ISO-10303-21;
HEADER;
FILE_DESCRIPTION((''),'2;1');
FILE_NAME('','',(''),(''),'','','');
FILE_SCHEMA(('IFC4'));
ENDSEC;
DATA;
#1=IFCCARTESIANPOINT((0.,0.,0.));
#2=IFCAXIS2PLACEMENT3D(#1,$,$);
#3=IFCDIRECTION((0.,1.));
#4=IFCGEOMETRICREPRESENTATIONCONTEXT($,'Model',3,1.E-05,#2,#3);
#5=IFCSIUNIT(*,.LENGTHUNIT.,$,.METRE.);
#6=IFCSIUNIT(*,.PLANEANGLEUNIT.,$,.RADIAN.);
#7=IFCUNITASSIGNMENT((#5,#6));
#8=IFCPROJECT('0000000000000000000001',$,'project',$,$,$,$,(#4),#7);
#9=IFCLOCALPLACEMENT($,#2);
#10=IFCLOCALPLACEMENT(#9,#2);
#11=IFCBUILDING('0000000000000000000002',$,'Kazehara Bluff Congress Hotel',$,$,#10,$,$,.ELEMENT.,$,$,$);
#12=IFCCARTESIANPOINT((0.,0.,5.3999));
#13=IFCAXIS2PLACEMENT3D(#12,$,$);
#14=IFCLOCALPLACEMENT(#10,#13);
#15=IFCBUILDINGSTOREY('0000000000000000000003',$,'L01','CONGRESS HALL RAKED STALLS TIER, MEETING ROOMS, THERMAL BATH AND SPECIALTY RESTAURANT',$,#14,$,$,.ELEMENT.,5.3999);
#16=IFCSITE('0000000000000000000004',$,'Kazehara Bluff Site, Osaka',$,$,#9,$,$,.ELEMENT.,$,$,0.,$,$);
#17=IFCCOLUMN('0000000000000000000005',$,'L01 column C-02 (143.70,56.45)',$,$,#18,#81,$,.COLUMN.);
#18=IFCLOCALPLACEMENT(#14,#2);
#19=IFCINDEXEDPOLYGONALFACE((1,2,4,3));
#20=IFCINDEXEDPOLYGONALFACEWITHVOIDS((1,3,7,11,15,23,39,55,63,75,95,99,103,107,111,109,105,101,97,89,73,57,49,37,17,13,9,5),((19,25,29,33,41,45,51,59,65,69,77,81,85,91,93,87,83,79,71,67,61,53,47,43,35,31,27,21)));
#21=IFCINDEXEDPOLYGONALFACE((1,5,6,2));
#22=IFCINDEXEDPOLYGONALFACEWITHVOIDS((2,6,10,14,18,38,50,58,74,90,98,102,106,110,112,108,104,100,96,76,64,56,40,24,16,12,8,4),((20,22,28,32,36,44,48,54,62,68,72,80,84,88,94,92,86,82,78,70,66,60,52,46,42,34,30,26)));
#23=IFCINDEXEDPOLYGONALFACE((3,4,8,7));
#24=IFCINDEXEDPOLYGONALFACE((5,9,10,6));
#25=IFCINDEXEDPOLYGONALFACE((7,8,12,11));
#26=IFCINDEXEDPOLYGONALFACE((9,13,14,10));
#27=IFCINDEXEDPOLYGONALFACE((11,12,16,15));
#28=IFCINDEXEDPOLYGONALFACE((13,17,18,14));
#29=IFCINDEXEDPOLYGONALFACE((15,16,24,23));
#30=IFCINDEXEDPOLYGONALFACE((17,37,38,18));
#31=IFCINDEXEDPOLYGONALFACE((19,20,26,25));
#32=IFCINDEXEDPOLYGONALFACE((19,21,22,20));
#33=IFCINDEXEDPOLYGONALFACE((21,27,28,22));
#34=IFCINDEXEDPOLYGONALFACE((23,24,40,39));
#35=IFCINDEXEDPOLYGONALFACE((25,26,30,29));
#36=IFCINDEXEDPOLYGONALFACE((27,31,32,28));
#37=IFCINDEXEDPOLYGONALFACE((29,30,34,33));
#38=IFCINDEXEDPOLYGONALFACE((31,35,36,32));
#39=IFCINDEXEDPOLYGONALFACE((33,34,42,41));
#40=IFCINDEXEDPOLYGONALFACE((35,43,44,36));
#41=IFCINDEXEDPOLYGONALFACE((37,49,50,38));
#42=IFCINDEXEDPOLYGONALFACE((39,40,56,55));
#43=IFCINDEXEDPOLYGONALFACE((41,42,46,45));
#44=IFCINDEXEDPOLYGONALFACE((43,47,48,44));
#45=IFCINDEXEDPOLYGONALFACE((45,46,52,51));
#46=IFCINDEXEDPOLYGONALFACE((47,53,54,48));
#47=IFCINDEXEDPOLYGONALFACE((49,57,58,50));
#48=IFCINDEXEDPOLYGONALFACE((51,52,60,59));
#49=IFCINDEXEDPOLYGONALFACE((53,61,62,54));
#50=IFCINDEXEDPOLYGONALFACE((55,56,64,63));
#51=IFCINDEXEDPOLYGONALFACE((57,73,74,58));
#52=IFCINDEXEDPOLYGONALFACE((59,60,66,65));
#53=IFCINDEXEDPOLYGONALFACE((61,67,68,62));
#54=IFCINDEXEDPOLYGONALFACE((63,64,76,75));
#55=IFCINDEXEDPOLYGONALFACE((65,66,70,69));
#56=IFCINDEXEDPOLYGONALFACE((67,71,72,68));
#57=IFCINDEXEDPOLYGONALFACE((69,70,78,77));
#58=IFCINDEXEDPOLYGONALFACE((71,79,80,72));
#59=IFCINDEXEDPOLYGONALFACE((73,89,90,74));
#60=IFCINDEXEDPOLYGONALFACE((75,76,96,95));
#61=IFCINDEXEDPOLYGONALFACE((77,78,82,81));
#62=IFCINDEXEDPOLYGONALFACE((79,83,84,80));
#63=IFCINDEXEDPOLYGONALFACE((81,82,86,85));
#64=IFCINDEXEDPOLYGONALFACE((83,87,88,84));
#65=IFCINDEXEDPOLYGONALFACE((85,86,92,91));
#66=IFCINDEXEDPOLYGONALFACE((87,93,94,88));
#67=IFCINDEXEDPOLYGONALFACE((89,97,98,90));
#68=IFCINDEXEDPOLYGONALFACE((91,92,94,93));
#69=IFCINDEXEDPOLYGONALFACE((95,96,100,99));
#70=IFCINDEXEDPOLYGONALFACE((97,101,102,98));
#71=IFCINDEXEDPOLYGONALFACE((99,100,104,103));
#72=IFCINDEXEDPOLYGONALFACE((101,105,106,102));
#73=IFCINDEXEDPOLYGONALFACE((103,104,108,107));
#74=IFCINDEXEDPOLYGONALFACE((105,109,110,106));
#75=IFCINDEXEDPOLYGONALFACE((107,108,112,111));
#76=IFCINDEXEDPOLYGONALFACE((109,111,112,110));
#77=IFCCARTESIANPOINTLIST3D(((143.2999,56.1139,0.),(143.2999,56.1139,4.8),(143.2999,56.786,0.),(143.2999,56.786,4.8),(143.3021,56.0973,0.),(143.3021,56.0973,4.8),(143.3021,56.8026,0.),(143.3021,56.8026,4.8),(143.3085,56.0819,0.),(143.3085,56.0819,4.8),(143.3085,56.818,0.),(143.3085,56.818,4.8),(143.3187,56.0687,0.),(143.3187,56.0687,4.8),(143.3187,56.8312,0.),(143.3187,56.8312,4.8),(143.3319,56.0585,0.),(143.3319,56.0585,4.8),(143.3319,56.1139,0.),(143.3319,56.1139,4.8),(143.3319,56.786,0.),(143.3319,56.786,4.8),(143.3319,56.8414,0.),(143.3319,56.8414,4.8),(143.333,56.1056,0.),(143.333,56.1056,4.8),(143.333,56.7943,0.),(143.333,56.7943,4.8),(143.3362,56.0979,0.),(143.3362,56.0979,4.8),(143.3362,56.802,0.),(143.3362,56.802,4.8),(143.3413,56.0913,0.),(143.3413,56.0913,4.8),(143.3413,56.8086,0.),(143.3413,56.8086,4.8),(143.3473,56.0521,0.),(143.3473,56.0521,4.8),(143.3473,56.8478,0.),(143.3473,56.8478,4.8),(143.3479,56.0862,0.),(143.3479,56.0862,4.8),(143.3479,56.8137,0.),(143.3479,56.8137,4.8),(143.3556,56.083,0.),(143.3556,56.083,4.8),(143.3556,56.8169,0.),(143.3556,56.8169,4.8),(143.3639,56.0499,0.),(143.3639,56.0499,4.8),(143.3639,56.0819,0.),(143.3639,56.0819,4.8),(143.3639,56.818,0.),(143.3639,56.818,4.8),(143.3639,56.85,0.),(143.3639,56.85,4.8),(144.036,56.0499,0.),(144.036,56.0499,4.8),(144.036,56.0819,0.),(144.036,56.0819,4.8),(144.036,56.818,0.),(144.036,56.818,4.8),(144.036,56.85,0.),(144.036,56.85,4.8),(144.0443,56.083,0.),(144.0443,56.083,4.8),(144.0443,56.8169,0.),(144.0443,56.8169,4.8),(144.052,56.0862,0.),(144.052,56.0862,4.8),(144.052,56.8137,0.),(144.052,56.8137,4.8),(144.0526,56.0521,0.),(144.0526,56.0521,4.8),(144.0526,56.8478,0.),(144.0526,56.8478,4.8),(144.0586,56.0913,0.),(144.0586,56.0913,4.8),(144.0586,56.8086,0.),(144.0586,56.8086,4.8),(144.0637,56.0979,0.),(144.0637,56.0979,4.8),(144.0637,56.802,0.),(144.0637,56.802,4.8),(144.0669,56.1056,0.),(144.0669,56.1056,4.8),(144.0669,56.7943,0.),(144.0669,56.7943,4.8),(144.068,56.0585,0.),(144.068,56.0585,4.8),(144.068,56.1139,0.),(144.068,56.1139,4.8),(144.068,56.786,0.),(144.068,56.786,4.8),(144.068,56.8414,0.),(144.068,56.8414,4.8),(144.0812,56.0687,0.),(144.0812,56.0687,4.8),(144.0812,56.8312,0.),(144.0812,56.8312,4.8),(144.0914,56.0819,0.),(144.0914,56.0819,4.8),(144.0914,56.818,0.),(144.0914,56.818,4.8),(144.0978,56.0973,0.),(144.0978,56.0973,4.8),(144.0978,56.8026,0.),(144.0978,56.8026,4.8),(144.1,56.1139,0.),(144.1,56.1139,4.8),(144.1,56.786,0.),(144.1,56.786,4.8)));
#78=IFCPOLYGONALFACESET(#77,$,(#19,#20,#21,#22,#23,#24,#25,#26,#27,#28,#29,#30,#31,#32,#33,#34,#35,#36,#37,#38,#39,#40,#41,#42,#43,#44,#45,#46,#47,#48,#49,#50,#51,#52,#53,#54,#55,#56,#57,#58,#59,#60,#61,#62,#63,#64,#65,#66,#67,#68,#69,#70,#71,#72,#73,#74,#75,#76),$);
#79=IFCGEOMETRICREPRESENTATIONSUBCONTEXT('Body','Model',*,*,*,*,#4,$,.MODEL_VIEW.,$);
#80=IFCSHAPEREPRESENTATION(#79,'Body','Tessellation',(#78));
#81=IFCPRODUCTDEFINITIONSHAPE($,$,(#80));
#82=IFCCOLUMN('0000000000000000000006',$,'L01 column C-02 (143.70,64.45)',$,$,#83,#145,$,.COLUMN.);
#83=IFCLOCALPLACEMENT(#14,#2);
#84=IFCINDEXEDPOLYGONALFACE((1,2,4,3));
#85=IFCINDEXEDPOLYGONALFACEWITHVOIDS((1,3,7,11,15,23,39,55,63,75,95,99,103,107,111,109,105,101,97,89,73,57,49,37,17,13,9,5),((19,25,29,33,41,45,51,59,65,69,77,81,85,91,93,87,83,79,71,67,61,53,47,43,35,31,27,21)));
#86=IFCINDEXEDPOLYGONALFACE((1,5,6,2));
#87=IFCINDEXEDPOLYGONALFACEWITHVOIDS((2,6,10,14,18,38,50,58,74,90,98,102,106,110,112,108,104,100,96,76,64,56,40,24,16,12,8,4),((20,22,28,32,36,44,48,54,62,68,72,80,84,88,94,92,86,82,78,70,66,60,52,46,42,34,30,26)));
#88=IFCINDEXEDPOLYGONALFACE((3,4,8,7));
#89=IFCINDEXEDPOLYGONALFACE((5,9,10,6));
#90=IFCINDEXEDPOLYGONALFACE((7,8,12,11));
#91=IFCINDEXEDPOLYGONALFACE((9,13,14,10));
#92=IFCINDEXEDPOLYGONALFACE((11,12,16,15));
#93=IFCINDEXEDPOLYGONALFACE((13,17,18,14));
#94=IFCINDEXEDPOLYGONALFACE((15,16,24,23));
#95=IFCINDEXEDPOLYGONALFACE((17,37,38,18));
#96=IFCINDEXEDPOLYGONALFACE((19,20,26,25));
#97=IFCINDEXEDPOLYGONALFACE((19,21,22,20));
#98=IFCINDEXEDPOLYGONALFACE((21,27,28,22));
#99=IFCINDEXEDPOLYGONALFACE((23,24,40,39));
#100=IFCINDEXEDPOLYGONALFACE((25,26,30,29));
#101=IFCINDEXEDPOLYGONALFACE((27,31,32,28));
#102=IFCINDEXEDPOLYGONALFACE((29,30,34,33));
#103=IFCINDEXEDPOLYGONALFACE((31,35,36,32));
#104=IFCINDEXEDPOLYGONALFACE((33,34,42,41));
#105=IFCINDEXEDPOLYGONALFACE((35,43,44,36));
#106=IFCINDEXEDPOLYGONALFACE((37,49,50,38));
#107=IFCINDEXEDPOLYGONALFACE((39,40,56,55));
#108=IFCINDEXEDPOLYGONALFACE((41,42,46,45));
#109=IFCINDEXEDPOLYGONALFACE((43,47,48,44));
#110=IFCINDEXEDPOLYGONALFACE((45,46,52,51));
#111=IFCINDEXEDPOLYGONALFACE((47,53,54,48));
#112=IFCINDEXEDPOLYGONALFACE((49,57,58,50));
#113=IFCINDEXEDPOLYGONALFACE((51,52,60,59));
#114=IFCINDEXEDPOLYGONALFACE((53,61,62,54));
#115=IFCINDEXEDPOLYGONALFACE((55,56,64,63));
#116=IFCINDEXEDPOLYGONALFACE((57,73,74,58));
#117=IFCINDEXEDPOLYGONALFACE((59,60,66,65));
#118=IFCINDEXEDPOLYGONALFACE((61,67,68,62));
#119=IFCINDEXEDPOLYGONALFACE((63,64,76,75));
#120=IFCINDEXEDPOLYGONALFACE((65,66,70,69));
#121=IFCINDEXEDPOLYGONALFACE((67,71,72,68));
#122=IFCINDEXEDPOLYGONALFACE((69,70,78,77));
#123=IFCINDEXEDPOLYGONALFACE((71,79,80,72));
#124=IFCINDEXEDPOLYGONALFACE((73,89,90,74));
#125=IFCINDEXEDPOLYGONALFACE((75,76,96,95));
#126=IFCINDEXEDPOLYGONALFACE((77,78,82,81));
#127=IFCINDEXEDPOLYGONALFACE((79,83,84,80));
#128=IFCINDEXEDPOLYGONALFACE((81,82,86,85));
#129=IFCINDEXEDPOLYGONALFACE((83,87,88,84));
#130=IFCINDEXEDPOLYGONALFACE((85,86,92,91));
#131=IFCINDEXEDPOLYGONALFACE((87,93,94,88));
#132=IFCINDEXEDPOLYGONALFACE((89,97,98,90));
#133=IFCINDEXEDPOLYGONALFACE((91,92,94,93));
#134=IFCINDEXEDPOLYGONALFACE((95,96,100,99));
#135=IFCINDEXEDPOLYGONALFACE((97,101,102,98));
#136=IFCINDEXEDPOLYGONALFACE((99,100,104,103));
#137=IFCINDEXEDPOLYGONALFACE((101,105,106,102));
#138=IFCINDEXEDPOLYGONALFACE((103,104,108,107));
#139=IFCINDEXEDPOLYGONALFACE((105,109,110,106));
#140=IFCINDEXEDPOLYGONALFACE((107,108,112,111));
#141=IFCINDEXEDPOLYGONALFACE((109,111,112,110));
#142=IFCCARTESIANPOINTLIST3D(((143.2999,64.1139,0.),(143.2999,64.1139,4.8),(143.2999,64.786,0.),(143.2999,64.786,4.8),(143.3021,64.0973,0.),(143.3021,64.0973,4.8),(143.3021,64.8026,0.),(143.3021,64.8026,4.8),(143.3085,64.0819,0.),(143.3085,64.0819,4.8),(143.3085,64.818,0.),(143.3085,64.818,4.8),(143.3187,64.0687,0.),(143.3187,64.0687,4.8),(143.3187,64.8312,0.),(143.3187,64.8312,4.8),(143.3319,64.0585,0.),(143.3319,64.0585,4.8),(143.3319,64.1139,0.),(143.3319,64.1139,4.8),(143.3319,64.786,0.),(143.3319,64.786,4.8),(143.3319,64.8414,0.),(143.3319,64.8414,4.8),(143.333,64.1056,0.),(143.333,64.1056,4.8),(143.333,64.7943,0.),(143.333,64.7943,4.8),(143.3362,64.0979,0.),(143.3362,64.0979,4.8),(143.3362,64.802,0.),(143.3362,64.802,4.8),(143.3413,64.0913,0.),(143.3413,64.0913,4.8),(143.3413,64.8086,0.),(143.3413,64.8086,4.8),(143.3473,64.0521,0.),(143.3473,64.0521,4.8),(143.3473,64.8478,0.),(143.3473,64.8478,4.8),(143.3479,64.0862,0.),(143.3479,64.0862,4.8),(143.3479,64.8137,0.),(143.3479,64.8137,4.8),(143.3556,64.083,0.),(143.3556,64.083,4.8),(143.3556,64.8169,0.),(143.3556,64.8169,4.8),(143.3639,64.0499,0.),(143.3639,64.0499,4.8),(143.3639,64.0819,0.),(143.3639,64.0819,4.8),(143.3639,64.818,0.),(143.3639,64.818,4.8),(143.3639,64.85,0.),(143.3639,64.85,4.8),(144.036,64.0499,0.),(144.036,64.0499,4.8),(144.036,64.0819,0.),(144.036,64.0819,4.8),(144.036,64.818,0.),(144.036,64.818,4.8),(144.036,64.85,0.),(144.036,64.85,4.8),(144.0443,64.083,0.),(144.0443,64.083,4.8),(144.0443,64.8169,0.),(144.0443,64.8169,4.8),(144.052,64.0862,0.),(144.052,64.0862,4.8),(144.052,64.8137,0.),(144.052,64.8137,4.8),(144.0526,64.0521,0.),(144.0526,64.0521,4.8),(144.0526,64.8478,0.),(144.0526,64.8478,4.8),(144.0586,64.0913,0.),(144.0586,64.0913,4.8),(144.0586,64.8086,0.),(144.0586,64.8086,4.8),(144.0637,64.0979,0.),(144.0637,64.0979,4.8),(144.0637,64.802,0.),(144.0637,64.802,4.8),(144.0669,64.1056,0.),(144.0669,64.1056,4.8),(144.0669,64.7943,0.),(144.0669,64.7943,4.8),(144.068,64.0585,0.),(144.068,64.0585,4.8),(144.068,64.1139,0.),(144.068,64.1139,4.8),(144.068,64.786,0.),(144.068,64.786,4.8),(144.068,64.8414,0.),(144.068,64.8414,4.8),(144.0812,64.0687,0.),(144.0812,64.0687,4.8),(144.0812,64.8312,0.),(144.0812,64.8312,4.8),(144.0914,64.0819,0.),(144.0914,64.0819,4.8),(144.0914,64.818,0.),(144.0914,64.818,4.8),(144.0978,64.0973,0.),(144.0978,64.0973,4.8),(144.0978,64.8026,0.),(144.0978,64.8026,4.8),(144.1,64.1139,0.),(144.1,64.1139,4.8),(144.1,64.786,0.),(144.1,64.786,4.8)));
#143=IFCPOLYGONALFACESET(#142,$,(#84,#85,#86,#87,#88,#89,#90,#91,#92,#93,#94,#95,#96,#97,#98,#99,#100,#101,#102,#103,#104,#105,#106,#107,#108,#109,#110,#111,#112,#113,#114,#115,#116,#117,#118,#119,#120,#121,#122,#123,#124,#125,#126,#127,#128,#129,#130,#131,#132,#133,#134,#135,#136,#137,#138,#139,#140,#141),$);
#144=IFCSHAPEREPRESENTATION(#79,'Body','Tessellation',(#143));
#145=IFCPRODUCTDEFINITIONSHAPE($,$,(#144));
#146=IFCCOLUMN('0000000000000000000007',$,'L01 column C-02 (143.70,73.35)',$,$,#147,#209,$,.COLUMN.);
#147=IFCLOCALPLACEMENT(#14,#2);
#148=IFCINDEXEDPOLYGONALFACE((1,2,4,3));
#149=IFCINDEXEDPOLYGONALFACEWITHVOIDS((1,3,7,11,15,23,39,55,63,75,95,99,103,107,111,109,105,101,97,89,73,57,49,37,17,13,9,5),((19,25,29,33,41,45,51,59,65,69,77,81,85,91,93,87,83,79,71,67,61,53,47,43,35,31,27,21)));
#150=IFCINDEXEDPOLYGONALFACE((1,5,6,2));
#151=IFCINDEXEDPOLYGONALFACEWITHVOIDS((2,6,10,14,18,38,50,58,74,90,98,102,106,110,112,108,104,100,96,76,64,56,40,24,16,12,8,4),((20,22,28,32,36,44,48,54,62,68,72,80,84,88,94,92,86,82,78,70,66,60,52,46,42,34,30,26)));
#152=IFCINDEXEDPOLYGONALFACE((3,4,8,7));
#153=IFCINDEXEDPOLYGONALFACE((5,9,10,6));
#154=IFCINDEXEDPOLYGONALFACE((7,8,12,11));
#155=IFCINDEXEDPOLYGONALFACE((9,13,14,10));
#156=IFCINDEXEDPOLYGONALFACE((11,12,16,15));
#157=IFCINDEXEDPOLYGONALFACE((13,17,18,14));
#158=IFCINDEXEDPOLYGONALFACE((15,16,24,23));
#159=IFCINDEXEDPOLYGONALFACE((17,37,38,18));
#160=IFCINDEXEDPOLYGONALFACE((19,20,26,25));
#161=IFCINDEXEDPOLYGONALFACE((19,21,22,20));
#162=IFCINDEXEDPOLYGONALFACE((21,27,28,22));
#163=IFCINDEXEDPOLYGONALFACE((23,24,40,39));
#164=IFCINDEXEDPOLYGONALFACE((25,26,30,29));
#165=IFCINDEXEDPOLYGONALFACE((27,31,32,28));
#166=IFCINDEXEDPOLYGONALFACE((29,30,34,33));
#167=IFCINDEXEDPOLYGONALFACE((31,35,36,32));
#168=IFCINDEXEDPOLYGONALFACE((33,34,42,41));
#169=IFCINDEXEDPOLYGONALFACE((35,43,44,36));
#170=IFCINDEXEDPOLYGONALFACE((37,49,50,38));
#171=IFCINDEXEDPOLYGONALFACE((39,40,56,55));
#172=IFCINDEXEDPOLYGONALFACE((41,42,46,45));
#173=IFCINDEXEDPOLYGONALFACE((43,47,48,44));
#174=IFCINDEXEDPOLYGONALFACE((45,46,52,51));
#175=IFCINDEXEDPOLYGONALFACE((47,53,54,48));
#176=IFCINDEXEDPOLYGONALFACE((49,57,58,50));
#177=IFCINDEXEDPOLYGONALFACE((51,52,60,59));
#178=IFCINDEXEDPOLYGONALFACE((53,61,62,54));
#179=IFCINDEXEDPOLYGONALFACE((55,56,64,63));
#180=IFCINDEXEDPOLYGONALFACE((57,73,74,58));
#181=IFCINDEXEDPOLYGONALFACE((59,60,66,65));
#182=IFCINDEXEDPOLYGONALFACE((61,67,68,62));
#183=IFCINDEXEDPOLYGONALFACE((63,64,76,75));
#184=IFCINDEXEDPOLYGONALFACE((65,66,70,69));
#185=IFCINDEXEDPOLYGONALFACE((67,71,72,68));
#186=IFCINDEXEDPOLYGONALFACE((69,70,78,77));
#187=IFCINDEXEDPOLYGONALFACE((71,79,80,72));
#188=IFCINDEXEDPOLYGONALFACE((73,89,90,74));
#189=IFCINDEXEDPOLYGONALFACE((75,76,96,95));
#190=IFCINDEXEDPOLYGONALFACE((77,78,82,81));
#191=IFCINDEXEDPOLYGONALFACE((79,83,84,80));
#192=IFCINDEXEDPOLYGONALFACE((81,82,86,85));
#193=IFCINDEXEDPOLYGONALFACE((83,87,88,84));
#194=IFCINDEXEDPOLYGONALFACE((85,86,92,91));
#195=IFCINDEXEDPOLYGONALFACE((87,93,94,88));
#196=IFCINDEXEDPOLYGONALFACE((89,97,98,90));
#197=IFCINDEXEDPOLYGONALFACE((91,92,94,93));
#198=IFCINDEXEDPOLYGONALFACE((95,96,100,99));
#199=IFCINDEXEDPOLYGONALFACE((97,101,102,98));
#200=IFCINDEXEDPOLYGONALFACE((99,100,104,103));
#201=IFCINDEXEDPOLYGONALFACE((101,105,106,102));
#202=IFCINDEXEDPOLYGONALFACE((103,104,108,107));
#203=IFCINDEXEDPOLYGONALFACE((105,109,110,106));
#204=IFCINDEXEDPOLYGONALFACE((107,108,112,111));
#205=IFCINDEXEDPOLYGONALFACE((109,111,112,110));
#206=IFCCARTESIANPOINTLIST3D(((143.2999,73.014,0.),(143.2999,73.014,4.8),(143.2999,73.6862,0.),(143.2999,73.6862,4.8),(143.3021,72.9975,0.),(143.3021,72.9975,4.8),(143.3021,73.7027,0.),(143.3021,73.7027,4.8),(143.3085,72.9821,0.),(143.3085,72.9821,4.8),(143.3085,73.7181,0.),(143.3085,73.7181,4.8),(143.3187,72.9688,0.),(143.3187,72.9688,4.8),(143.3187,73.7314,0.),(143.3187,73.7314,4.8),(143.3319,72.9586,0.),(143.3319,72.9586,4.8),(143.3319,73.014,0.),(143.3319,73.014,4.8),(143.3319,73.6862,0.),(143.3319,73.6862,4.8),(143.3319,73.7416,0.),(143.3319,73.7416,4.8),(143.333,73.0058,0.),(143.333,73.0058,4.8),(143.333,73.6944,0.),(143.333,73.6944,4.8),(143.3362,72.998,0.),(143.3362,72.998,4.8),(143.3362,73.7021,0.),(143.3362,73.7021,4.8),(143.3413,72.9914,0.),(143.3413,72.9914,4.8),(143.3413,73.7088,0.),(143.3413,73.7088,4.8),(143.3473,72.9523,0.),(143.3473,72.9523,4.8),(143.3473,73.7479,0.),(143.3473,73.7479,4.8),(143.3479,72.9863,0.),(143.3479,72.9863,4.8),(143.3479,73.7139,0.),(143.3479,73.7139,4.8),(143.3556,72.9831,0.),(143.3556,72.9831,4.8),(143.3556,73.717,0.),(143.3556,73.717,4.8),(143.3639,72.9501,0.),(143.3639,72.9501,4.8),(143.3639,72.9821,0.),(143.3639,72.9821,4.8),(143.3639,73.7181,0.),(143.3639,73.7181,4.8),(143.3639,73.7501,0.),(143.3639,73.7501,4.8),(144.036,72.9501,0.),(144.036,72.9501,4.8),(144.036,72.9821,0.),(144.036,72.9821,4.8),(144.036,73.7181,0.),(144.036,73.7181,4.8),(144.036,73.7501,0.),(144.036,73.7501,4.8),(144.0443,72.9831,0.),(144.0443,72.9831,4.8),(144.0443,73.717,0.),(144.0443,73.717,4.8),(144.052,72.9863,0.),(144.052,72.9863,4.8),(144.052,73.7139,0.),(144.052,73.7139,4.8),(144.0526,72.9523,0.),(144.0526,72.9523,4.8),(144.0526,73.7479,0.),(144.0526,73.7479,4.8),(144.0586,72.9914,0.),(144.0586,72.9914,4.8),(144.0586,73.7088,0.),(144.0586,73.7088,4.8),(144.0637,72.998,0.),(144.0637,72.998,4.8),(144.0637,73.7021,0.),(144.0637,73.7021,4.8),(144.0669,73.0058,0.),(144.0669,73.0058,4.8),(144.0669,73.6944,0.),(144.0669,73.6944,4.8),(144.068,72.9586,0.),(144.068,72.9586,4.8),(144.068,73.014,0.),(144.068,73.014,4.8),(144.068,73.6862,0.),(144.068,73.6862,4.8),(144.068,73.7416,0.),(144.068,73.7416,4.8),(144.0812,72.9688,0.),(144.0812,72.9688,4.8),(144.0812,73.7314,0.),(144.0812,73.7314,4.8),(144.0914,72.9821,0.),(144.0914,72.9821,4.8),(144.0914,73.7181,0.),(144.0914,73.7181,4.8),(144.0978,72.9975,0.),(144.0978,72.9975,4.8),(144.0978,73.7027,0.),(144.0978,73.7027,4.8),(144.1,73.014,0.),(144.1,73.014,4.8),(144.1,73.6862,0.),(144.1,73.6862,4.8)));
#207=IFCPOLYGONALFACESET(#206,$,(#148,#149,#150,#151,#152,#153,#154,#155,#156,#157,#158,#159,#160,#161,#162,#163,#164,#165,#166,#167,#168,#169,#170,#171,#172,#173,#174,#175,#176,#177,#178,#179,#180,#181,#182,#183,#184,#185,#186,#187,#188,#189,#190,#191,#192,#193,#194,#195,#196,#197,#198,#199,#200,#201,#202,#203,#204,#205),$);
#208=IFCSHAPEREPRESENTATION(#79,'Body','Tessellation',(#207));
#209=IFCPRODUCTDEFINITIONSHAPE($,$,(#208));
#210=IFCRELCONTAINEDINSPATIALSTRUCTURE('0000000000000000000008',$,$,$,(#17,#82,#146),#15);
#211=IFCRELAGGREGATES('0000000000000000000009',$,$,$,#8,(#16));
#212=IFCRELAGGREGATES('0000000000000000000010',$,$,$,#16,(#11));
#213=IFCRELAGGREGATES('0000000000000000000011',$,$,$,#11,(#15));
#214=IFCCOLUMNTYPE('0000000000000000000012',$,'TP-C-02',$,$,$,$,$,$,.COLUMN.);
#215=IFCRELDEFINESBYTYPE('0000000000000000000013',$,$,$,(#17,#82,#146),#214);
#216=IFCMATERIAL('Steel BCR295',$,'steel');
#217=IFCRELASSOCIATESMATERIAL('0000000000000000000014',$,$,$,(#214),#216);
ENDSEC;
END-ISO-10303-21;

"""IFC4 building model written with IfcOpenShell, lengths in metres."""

from ifc_helpers import new_model, si_unit, direction, frame, origin, origin_2d, place, context, subcontext, project, spatial, hollow_rectangle, extrude, material, material_profile, profile_set, type_object, element, save


model = new_model("IFC4")

# Units and contexts
model_context = context("Model", 3, precision=1e-05, world=origin(), true_north=direction((0.0, 1.0)))
body_context = subcontext(model_context, "Body", "Model", "MODEL_VIEW")
ifc_project = project(units=[si_unit("LENGTHUNIT", "METRE"), si_unit("PLANEANGLEUNIT", "RADIAN")], contexts=[model_context])

# Site, building, storey
site_placement = place(None, origin())
site = spatial("IfcSite", under=ifc_project, at=site_placement, Name="Kazehara Bluff Site, Osaka", CompositionType="ELEMENT", RefElevation=0.0)
building_placement = place(site_placement, origin())
building = spatial("IfcBuilding", under=site, at=building_placement, Name="Kazehara Bluff Congress Hotel", CompositionType="ELEMENT")
storey_placement = place(building_placement, frame((0.0, 0.0, 5.3999)))
storey = spatial("IfcBuildingStorey", under=building, at=storey_placement, Name="L01", Description="CONGRESS HALL RAKED STALLS TIER, MEETING ROOMS, THERMAL BATH AND SPECIALTY RESTAURANT", CompositionType="ELEMENT", Elevation=5.3999)

# Columns
ifc_material_1 = material(Name="Steel BCR295", Category="steel")
ifc_material_profile_1 = material_profile(ifc_material_1, hollow_rectangle(XDim=0.8, YDim=0.8, WallThickness=0.032, InnerFilletRadius=0.032, OuterFilletRadius=0.064, at=origin_2d()))
ifc_profile_set_1 = profile_set([ifc_material_profile_1], Name="Steel BCR295")
column_type_1 = type_object("IfcColumnType", Name="TP-C-02", PredefinedType="COLUMN", material=ifc_profile_set_1)
for number, where, z_axis, x_axis, name in (
    (1, (143.7, 56.45, 0.0), (0.0, 0.0, 1.0), (1.0, 0.0, 0.0), "L01 column C-02 (143.70,56.45)"),
    (2, (143.7, 64.45, 0.0), (0.0, 0.0, 1.0), (1.0, 0.0, 0.0), "L01 column C-02 (143.70,64.45)"),
    (3, (143.7, 73.3501, 0.0), (0.0, 0.0, 1.0), (1.0, 0.0, 0.0), "L01 column C-02 (143.70,73.35)"),
):
    element("IfcColumn", number, at=place(storey_placement, frame(where, z_axis=z_axis, x_axis=x_axis)), inside=storey, type_object=column_type_1, Name=name, PredefinedType="COLUMN", context=body_context, shape_type="SweptSolid", body=[
        extrude(hollow_rectangle(XDim=0.8, YDim=0.8, WallThickness=0.032, InnerFilletRadius=0.032, OuterFilletRadius=0.064, at=origin_2d()), origin(), (0.0, 0.0, 1.0), 4.8),
    ])

save(model, "model.ifc")
